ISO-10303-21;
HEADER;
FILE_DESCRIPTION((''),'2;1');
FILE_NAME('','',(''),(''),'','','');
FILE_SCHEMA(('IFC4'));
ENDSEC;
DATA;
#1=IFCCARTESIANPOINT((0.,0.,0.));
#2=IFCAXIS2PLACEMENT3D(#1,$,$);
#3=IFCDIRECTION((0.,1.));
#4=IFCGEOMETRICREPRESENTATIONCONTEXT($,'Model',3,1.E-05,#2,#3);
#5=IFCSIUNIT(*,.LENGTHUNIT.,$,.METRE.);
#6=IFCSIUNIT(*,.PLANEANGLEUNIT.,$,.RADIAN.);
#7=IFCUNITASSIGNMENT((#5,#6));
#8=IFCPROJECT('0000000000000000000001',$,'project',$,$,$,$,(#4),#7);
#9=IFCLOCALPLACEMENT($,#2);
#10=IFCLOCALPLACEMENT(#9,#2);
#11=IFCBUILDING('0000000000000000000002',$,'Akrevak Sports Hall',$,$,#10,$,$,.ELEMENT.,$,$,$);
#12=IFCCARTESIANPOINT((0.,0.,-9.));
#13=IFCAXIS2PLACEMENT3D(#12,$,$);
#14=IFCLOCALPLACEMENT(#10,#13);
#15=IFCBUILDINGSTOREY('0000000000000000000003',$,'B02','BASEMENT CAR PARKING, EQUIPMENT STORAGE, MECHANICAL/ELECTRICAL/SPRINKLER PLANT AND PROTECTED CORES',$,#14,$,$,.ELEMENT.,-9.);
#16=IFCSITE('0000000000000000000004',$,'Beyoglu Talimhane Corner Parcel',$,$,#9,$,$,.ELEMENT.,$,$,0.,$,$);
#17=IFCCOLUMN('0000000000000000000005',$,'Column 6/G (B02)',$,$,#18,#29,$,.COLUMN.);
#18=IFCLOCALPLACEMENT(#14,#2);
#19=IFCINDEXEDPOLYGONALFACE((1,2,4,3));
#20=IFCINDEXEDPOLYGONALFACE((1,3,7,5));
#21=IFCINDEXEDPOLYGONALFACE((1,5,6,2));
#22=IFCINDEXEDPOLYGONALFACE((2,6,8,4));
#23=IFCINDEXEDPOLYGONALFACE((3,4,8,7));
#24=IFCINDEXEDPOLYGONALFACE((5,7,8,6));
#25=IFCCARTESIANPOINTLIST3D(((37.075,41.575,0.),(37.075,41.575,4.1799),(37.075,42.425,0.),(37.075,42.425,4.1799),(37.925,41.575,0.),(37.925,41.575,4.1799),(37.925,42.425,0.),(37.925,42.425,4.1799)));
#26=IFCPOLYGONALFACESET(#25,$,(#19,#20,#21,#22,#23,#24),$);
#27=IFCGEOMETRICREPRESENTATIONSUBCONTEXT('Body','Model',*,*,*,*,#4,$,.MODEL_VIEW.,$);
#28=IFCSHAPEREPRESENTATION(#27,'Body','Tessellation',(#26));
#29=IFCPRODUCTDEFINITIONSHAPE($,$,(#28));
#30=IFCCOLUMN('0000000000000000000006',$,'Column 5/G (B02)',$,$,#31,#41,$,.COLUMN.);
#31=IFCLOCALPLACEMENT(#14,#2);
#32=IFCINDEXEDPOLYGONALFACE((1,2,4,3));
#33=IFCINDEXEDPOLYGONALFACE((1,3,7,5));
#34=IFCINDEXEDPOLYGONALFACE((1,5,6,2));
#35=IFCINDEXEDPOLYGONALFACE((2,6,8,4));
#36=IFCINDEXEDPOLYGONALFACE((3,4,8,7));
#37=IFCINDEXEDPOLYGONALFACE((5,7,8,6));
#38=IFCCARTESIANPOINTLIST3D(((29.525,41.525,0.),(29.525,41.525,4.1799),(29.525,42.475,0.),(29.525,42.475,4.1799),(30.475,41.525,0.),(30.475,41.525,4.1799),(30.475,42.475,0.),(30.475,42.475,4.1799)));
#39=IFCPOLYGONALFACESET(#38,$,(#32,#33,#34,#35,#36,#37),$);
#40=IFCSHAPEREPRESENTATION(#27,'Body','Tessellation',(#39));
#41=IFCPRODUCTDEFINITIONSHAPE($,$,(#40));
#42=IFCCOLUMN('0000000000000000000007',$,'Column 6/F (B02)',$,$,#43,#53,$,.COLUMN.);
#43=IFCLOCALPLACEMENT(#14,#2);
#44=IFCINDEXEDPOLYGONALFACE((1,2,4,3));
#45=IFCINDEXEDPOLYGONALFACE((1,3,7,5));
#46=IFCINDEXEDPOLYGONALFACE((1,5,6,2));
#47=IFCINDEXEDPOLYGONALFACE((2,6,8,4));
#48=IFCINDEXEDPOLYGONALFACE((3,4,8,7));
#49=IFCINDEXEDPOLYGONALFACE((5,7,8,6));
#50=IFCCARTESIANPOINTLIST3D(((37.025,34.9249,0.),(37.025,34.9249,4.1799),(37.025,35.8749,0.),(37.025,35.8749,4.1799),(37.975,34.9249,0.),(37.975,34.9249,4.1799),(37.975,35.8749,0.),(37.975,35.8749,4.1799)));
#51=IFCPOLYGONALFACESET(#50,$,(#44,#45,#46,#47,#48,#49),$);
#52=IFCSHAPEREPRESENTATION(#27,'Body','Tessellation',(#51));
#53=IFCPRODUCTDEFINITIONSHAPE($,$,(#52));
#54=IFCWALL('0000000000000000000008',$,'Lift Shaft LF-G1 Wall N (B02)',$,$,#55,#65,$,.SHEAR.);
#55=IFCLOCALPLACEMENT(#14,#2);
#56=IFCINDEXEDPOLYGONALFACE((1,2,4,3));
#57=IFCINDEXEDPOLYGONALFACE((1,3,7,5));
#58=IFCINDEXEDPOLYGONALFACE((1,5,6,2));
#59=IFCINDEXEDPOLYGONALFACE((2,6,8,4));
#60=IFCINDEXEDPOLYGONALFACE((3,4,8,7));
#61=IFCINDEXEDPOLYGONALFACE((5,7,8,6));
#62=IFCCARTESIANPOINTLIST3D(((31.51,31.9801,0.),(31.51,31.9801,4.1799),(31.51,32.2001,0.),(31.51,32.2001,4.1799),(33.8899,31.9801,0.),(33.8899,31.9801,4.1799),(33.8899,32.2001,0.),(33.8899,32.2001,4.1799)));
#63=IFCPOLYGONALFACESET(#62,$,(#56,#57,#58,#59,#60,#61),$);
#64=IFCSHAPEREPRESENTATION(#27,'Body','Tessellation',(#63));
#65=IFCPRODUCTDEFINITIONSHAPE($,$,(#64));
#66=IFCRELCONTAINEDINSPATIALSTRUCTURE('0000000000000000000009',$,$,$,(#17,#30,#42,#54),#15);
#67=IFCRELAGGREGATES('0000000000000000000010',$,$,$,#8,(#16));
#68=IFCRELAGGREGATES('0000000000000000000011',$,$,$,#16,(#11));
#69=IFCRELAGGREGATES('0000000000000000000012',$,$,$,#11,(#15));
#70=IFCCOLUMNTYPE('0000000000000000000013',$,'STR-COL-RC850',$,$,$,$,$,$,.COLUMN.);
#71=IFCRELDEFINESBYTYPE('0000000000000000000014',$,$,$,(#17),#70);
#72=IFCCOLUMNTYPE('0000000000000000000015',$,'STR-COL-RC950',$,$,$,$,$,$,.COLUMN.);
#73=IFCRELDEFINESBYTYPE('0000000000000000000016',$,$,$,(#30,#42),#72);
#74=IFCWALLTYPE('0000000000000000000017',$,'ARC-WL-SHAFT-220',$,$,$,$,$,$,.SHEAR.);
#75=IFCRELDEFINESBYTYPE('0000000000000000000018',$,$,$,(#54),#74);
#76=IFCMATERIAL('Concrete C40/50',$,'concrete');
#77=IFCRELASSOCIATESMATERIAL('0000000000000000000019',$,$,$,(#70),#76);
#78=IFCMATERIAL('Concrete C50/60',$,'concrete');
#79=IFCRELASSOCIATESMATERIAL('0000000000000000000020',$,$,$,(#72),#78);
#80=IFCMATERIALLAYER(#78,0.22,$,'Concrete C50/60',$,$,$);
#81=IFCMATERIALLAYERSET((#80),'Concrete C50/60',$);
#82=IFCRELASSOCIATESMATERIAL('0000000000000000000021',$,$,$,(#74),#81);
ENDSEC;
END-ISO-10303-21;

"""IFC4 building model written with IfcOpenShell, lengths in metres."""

from ifc_helpers import new_model, si_unit, direction, frame, frame_2d, origin, origin_2d, place, context, subcontext, project, spatial, rectangle, extrude, material, layer, layer_set, material_profile, profile_set, type_object, element, save


model = new_model("IFC4")

# Units and contexts
model_context = context("Model", 3, precision=1e-05, world=origin(), true_north=direction((0.0, 1.0)))
body_context = subcontext(model_context, "Body", "Model", "MODEL_VIEW")
ifc_project = project(units=[si_unit("LENGTHUNIT", "METRE"), si_unit("PLANEANGLEUNIT", "RADIAN")], contexts=[model_context])

# Site, building, storey
site_placement = place(None, origin())
site = spatial("IfcSite", under=ifc_project, at=site_placement, Name="Beyoglu Talimhane Corner Parcel", CompositionType="ELEMENT", RefElevation=0.0)
building_placement = place(site_placement, origin())
building = spatial("IfcBuilding", under=site, at=building_placement, Name="Akrevak Sports Hall", CompositionType="ELEMENT")
storey_placement = place(building_placement, frame((0.0, 0.0, -9.0)))
storey = spatial("IfcBuildingStorey", under=building, at=storey_placement, Name="B02", Description="BASEMENT CAR PARKING, EQUIPMENT STORAGE, MECHANICAL/ELECTRICAL/SPRINKLER PLANT AND PROTECTED CORES", CompositionType="ELEMENT", Elevation=-9.0)

# Shared definitions
ifc_material_1 = material(Name="Concrete C40/50", Category="concrete")

# Columns
ifc_material_profile_1 = material_profile(ifc_material_1, rectangle(XDim=0.8501, YDim=0.8501, at=origin_2d()), Name="RC 850x850", Category="concrete")
ifc_profile_set_1 = profile_set([ifc_material_profile_1], Name="Concrete C40/50")
column_type_1 = type_object("IfcColumnType", Name="STR-COL-RC850", PredefinedType="COLUMN", material=ifc_profile_set_1)
for number, where, z_axis, x_axis, name in (
    (1, (37.5, 42.0, 0.0), (0.0, 0.0, 1.0), (1.0, 0.0, 0.0), "Column 6/G (B02)"),
):
    element("IfcColumn", number, at=place(storey_placement, frame(where, z_axis=z_axis, x_axis=x_axis)), inside=storey, type_object=column_type_1, Name=name, PredefinedType="COLUMN", context=body_context, shape_type="SweptSolid", body=[
        extrude(rectangle(XDim=0.8501, YDim=0.8501, at=origin_2d()), origin(), (0.0, 0.0, 1.0), 4.1799),
    ])
ifc_material_2 = material(Name="Concrete C50/60", Category="concrete")
ifc_material_profile_2 = material_profile(ifc_material_2, rectangle(XDim=0.95, YDim=0.95, at=origin_2d()), Name="RC 950x950", Category="concrete")
ifc_profile_set_2 = profile_set([ifc_material_profile_2], Name="Concrete C50/60")
column_type_2 = type_object("IfcColumnType", Name="STR-COL-RC950", PredefinedType="COLUMN", material=ifc_profile_set_2)
for number, where, z_axis, x_axis, name in (
    (2, (30.0, 42.0, 0.0), (0.0, 0.0, 1.0), (1.0, 0.0, 0.0), "Column 5/G (B02)"),
    (3, (37.5, 35.3999, 0.0), (0.0, 0.0, 1.0), (1.0, 0.0, 0.0), "Column 6/F (B02)"),
):
    element("IfcColumn", number, at=place(storey_placement, frame(where, z_axis=z_axis, x_axis=x_axis)), inside=storey, type_object=column_type_2, Name=name, PredefinedType="COLUMN", context=body_context, shape_type="SweptSolid", body=[
        extrude(rectangle(XDim=0.95, YDim=0.95, at=origin_2d()), origin(), (0.0, 0.0, 1.0), 4.1799),
    ])

# Wall
ifc_layer = layer(ifc_material_2, 0.22, Name="Concrete C50/60")
ifc_layer_set = layer_set([ifc_layer], Name="Concrete C50/60")
wall_type = type_object("IfcWallType", Name="ARC-WL-SHAFT-220", PredefinedType="SHEAR", material=ifc_layer_set)
wall_placement = place(storey_placement, frame((33.8899, 32.0901, 0.0), z_axis=(0.0, 0.0, 1.0), x_axis=(-1.0, 0.0, 0.0)))
element("IfcWall", 4, at=wall_placement, inside=storey, type_object=wall_type, Name="Lift Shaft LF-G1 Wall N (B02)", PredefinedType="SHEAR", context=body_context, shape_type="SweptSolid", body=[
    extrude(rectangle(XDim=2.3799, YDim=0.22, at=frame_2d((1.1899, 0.0))), origin(), (0.0, 0.0, 1.0), 4.1799),
])

save(model, "model.ifc")
